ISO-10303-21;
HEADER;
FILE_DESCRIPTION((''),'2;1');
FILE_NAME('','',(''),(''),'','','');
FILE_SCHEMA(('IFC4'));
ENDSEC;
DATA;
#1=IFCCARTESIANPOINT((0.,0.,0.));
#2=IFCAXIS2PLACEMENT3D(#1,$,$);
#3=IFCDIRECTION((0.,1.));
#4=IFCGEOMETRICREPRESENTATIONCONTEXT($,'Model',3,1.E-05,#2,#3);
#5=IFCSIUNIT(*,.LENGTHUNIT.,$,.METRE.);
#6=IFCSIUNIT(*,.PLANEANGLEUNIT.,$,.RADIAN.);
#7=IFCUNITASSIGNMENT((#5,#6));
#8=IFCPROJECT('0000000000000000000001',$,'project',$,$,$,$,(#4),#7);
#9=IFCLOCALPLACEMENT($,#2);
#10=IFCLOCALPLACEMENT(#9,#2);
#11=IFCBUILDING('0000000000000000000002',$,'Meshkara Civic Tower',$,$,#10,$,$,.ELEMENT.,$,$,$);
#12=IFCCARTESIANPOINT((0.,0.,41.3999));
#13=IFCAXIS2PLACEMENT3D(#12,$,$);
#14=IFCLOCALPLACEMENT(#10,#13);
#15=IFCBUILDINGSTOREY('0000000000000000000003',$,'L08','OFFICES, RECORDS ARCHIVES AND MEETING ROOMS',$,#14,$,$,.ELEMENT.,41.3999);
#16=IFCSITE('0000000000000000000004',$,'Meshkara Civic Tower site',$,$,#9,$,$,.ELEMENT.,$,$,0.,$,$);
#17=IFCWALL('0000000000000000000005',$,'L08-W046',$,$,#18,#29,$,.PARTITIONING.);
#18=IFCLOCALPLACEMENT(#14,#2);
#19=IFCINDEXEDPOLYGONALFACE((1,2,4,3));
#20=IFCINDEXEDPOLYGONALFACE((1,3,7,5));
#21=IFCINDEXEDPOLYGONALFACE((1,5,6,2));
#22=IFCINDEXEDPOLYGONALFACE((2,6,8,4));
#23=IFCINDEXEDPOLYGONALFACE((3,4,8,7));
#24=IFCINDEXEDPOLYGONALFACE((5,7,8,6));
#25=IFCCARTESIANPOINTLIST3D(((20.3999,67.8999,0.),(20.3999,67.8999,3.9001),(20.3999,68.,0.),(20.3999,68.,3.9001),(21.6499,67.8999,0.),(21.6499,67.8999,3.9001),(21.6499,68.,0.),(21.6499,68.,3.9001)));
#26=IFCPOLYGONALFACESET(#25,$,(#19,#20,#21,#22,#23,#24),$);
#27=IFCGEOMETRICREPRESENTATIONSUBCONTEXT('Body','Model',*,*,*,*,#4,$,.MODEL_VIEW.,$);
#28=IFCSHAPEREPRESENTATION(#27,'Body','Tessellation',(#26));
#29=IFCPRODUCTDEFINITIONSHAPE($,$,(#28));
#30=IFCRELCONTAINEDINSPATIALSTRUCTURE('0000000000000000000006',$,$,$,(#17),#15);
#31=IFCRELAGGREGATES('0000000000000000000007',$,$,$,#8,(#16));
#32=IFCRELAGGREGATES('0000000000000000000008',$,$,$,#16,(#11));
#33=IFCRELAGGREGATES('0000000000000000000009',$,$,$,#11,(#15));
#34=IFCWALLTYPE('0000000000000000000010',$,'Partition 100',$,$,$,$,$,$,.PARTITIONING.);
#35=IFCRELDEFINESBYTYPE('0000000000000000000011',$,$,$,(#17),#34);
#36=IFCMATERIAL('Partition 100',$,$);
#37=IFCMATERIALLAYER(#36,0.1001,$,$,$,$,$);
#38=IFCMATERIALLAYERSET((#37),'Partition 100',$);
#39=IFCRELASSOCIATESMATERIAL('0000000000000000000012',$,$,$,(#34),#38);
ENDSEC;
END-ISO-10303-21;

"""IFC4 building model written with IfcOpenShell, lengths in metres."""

from ifc_helpers import new_model, si_unit, direction, frame, frame_2d, origin, place, context, subcontext, project, spatial, rectangle, extrude, material, layer, layer_set, type_object, element, save


model = new_model("IFC4")

# Units and contexts
model_context = context("Model", 3, precision=1e-05, world=origin(), true_north=direction((0.0, 1.0)))
body_context = subcontext(model_context, "Body", "Model", "MODEL_VIEW")
ifc_project = project(units=[si_unit("LENGTHUNIT", "METRE"), si_unit("PLANEANGLEUNIT", "RADIAN")], contexts=[model_context])

# Site, building, storey
site_placement = place(None, origin())
site = spatial("IfcSite", under=ifc_project, at=site_placement, Name="Meshkara Civic Tower site", CompositionType="ELEMENT", RefElevation=0.0)
building_placement = place(site_placement, origin())
building = spatial("IfcBuilding", under=site, at=building_placement, Name="Meshkara Civic Tower", CompositionType="ELEMENT")
storey_placement = place(building_placement, frame((0.0, 0.0, 41.3999)))
storey = spatial("IfcBuildingStorey", under=building, at=storey_placement, Name="L08", Description="OFFICES, RECORDS ARCHIVES AND MEETING ROOMS", CompositionType="ELEMENT", Elevation=41.3999)

# Wall
ifc_material_1 = material(Name="Partition 100")
ifc_layer_1 = layer(ifc_material_1, 0.1001)
ifc_layer_set_1 = layer_set([ifc_layer_1], Name="Partition 100")
wall_type_1 = type_object("IfcWallType", Name="Partition 100", PredefinedType="PARTITIONING", material=ifc_layer_set_1)
wall_1_placement = place(storey_placement, frame((21.6499, 67.95, 0.0), z_axis=(0.0, 0.0, 1.0), x_axis=(-1.0, 0.0, 0.0)))
element("IfcWall", 1, at=wall_1_placement, inside=storey, type_object=wall_type_1, Name="L08-W046", PredefinedType="PARTITIONING", context=body_context, shape_type="SweptSolid", body=[
    extrude(rectangle(XDim=1.25, YDim=0.1001, at=frame_2d((0.625, 0.0))), origin(), (0.0, 0.0, 1.0), 3.9001),
])

save(model, "model.ifc")
